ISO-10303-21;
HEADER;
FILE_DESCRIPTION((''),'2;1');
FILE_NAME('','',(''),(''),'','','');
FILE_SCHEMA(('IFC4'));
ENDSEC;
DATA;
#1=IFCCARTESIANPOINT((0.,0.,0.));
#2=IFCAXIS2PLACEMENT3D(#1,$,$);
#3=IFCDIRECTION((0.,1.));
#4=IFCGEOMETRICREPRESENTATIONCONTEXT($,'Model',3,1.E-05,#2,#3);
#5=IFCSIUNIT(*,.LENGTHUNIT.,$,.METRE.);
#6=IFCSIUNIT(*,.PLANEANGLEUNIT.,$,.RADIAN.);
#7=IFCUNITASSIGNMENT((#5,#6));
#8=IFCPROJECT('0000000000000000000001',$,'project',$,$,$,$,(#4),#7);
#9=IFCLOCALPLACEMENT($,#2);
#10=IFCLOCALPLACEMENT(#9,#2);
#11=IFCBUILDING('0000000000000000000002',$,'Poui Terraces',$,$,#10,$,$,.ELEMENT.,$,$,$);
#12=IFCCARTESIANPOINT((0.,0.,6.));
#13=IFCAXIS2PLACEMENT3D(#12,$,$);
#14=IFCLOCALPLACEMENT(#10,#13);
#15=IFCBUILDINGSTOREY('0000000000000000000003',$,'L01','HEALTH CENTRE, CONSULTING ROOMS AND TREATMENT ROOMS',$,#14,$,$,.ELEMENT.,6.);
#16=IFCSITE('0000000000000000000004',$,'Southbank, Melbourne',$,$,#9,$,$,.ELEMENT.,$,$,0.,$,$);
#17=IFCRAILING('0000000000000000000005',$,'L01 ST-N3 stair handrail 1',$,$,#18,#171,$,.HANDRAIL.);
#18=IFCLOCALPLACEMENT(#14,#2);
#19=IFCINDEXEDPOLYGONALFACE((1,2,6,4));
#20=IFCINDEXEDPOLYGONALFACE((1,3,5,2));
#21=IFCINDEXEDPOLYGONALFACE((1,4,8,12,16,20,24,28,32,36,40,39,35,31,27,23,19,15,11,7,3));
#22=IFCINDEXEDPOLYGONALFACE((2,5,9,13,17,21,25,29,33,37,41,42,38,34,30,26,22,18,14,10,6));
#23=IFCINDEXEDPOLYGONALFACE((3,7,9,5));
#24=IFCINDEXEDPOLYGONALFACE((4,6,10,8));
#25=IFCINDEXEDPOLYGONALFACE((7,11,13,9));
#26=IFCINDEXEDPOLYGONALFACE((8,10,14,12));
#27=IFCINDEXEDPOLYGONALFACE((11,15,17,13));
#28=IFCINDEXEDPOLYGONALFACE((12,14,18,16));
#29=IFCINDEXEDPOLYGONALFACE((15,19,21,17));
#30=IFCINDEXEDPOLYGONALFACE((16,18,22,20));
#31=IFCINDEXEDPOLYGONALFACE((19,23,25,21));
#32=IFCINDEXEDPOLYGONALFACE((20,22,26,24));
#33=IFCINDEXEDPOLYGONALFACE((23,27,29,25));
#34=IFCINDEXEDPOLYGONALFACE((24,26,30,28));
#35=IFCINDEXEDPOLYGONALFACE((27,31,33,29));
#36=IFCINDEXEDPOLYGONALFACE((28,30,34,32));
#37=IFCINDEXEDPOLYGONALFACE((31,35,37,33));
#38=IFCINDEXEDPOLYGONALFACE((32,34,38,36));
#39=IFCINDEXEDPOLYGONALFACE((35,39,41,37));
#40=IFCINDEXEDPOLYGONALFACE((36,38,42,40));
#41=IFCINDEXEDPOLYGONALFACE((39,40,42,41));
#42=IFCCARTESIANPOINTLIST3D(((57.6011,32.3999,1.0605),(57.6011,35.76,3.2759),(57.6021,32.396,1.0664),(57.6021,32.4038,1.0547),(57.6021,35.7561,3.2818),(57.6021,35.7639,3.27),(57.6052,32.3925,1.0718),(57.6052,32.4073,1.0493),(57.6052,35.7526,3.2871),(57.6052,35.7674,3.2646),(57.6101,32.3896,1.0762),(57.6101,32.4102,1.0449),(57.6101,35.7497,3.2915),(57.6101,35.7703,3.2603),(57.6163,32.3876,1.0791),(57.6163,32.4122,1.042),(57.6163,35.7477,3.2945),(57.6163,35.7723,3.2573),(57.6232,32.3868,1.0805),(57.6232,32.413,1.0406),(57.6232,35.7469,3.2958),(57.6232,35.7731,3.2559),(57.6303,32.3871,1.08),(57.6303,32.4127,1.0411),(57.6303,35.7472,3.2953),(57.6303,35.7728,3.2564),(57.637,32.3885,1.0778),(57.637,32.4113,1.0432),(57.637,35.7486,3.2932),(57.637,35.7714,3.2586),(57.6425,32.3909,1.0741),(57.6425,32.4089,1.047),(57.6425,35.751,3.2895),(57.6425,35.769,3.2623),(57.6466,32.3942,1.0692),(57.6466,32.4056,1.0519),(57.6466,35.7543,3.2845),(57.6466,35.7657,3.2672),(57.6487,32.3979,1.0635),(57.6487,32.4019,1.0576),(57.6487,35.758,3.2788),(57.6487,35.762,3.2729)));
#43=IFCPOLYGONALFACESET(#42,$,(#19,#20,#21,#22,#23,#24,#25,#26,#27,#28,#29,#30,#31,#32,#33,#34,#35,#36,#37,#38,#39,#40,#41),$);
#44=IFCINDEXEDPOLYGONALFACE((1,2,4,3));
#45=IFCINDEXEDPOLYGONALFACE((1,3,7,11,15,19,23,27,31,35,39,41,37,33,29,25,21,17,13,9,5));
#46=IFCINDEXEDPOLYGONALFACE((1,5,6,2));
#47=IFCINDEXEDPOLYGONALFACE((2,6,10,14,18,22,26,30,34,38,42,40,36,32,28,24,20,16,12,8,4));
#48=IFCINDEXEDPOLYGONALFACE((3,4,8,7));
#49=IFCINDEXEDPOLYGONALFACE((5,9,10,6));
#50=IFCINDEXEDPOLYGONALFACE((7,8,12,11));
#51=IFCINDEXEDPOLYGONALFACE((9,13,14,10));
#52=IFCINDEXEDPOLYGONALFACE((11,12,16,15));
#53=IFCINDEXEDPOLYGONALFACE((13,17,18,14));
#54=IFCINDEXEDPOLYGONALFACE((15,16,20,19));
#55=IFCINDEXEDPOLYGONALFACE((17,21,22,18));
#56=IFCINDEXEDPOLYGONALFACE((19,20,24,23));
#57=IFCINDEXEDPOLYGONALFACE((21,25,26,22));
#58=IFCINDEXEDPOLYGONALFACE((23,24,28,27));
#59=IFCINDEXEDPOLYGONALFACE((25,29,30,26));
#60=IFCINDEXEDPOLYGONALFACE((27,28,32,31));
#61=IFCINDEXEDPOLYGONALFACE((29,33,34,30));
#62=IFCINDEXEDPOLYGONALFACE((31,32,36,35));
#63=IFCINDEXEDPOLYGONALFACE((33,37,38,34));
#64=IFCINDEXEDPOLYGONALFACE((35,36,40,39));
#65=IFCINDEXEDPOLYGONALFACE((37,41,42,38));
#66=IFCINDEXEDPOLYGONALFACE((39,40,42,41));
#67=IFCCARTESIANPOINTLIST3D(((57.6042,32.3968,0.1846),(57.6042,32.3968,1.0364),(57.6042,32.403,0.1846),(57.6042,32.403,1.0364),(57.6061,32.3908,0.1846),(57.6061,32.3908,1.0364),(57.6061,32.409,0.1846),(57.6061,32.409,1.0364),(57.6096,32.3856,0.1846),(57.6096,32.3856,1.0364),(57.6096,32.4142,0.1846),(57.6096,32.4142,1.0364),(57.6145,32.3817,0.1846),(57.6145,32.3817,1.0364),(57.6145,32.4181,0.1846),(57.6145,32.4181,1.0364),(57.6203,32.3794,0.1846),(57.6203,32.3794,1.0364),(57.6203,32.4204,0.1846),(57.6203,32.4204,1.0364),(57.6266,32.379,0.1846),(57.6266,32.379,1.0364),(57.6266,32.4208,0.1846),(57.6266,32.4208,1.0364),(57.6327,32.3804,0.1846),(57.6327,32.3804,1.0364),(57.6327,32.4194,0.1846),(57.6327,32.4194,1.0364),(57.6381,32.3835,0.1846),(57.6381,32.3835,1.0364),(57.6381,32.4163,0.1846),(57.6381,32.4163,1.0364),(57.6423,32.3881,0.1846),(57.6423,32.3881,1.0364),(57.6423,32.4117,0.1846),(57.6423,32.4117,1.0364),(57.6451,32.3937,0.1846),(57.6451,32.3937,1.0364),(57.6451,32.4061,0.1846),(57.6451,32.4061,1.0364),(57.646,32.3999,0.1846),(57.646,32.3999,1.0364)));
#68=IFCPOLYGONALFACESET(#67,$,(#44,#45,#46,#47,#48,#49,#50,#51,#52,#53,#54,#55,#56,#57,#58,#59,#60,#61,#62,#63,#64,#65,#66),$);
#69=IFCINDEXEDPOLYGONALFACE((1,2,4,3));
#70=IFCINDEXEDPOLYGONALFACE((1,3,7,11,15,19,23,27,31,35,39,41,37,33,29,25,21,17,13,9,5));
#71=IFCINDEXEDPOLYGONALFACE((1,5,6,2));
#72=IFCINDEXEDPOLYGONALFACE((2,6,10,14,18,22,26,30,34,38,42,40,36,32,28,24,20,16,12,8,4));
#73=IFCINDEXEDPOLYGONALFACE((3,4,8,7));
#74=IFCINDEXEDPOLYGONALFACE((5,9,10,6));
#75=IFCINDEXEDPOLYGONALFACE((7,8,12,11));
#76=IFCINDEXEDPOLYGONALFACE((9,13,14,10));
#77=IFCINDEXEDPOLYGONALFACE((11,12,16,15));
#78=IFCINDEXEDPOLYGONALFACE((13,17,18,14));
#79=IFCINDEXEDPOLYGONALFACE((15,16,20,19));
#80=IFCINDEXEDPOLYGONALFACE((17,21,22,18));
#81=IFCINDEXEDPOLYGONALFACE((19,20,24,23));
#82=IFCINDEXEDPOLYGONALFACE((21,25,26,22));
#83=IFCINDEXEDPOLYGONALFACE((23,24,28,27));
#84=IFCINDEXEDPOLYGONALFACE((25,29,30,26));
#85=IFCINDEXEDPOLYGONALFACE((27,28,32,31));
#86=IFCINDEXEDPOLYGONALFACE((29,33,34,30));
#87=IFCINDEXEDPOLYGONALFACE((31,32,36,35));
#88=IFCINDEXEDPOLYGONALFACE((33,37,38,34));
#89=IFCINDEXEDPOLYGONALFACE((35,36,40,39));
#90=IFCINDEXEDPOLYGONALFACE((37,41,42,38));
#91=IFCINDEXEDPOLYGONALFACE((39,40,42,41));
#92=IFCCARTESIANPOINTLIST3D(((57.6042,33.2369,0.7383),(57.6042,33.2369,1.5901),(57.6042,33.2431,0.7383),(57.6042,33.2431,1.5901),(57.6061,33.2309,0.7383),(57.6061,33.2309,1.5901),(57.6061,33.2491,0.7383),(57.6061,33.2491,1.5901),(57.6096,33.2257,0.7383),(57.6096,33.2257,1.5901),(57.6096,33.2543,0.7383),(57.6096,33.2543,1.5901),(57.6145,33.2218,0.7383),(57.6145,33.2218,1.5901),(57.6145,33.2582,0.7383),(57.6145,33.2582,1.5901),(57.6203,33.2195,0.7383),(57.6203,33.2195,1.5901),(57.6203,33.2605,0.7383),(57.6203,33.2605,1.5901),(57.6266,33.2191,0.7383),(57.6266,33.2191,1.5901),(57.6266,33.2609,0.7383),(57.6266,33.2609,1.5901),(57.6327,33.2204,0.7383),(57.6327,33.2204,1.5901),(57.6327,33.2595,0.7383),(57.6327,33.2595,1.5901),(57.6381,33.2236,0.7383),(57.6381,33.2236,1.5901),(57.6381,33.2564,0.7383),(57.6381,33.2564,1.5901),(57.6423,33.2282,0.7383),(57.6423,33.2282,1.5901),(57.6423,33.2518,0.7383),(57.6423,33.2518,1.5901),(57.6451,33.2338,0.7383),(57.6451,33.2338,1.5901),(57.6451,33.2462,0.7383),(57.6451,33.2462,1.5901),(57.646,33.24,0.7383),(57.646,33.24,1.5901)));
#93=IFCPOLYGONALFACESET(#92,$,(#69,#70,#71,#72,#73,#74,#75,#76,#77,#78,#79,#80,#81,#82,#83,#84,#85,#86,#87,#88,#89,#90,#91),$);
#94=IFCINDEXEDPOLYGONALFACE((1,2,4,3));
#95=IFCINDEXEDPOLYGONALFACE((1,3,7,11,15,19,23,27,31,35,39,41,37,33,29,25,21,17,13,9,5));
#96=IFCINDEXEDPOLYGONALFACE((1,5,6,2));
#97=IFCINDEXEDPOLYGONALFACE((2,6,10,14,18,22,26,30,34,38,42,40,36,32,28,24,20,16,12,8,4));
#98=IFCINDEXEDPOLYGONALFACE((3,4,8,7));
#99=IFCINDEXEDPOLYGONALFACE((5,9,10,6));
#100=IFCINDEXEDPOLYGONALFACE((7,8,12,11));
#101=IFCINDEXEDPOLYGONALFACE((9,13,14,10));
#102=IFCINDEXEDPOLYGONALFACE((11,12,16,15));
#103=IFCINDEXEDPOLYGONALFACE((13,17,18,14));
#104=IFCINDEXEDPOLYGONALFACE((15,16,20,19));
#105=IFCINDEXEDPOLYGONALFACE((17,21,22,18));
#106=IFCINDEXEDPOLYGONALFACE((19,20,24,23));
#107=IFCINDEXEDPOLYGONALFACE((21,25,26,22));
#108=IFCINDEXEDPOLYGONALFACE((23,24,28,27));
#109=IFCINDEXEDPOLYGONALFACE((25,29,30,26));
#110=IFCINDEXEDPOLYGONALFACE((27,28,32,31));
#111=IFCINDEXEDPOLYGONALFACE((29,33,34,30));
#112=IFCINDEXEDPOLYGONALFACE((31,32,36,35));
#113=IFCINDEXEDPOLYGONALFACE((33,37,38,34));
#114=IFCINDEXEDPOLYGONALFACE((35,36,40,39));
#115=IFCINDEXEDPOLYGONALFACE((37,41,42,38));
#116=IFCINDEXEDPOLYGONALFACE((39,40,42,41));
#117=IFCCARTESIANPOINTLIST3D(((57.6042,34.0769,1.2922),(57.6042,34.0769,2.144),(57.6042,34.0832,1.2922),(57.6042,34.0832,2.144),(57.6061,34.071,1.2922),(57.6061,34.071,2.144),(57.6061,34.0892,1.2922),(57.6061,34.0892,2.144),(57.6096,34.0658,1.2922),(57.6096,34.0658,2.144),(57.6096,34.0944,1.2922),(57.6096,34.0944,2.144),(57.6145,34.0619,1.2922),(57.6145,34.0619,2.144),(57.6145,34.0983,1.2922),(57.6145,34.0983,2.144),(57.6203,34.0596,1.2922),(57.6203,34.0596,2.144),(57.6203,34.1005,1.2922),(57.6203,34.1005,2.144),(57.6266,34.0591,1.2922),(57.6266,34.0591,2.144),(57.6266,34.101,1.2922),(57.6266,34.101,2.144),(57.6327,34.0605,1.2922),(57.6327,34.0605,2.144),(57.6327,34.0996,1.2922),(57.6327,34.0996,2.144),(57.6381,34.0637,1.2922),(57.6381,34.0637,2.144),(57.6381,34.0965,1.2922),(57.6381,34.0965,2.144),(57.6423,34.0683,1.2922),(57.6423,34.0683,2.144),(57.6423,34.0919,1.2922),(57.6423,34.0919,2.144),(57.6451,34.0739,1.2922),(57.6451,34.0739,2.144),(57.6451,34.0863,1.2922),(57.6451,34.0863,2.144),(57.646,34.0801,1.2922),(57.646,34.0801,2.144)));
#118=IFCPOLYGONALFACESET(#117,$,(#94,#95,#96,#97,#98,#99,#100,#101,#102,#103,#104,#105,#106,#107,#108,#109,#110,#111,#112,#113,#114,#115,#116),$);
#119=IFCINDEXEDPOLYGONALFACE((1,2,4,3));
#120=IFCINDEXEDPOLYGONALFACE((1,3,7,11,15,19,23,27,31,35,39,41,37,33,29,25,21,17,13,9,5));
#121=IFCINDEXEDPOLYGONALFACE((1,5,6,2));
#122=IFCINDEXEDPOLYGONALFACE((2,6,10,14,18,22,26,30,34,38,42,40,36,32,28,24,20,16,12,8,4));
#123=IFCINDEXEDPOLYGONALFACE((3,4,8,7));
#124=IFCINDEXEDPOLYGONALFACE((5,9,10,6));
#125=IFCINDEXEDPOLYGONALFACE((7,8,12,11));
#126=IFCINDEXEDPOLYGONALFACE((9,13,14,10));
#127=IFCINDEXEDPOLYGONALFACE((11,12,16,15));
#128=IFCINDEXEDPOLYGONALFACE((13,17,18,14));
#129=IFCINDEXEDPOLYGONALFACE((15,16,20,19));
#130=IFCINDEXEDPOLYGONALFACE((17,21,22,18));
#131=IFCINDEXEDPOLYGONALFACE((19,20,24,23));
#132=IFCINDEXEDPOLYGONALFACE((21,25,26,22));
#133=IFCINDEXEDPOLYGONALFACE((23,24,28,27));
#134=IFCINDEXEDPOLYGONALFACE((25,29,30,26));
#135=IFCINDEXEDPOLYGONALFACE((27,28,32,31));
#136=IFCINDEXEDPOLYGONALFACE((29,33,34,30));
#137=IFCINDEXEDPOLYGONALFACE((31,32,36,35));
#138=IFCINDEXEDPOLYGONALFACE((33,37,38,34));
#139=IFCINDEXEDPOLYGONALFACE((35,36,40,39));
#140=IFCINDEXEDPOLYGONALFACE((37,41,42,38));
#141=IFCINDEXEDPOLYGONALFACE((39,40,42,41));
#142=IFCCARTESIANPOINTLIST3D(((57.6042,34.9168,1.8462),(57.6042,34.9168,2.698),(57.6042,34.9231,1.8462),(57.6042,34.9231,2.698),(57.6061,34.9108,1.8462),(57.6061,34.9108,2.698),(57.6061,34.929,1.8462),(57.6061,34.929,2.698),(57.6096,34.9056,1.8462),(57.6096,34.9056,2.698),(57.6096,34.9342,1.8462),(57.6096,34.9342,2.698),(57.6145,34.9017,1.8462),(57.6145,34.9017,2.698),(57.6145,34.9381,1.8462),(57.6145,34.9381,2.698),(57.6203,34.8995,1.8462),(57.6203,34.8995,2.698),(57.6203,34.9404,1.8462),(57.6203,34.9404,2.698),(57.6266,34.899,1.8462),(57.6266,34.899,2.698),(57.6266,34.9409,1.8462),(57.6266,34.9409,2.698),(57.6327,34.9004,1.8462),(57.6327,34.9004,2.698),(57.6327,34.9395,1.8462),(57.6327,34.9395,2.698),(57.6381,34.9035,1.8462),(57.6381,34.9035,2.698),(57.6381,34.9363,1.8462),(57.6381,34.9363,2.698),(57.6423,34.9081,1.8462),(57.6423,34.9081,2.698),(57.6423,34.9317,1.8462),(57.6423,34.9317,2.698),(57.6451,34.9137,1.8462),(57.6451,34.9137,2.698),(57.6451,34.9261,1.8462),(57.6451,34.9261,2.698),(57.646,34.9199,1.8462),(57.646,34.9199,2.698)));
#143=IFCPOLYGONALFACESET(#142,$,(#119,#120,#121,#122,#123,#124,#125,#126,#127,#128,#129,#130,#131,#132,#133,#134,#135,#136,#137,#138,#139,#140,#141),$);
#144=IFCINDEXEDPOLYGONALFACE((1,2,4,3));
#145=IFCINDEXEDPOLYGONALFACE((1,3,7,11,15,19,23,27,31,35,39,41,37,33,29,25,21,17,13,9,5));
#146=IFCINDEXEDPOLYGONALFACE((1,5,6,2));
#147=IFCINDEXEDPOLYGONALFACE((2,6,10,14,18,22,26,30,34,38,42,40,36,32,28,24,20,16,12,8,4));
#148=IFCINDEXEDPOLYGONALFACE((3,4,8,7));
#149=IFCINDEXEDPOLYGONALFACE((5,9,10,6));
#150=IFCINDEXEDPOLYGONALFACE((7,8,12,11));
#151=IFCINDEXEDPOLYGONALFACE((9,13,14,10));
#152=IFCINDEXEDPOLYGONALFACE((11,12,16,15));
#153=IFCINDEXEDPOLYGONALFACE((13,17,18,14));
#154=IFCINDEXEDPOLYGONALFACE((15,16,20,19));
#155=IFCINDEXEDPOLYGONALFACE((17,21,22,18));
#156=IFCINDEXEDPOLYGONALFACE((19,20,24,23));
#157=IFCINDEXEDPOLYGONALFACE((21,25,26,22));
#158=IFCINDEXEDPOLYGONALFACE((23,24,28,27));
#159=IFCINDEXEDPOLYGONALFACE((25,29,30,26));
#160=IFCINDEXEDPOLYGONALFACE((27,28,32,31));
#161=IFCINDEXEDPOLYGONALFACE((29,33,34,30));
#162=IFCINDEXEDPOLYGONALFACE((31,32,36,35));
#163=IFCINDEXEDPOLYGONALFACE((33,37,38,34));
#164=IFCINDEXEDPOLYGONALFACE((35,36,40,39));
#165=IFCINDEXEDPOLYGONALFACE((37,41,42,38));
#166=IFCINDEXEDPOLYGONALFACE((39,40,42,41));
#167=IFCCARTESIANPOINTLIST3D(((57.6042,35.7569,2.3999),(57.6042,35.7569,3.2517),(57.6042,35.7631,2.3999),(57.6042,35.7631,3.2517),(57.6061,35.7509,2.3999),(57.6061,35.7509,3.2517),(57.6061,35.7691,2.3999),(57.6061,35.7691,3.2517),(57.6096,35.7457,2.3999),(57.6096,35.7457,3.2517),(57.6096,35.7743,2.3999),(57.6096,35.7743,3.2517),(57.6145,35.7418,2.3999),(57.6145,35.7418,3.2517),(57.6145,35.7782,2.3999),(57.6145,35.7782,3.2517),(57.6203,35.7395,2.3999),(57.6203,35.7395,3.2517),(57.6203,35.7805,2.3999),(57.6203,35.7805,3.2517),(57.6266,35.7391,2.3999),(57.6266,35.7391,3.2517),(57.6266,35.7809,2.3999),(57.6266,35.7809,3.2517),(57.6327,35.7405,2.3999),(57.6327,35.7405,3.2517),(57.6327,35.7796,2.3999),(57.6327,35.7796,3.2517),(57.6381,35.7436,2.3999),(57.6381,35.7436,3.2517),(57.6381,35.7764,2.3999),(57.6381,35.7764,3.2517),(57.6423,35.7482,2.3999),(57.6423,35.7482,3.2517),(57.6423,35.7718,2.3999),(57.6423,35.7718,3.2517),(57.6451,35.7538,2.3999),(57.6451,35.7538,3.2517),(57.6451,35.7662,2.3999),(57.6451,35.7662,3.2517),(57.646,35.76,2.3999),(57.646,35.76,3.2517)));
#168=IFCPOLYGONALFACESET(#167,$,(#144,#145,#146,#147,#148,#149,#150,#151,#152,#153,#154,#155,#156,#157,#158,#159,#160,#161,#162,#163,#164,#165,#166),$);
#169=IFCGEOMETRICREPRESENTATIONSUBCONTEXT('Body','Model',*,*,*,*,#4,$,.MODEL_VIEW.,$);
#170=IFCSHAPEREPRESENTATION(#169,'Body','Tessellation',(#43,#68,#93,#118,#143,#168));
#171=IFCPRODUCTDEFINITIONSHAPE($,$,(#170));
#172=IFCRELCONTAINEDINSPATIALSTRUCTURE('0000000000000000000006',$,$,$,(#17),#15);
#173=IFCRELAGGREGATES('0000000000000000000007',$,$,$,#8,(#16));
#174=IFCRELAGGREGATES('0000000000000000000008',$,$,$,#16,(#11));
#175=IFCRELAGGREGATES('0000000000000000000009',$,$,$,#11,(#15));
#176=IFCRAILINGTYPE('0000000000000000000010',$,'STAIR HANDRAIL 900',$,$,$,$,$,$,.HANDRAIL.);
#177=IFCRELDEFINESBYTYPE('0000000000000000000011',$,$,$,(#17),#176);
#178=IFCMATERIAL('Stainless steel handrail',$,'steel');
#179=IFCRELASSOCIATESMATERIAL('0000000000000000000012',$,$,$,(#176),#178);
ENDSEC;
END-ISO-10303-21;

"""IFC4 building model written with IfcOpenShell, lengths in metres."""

from ifc_helpers import new_model, si_unit, direction, frame, origin, origin_2d, place, context, subcontext, project, spatial, circle, extrude, material, type_object, element, save


model = new_model("IFC4")

# Units and contexts
model_context = context("Model", 3, precision=1e-05, world=origin(), true_north=direction((0.0, 1.0)))
body_context = subcontext(model_context, "Body", "Model", "MODEL_VIEW")
ifc_project = project(units=[si_unit("LENGTHUNIT", "METRE"), si_unit("PLANEANGLEUNIT", "RADIAN")], contexts=[model_context])

# Site, building, storey
site_placement = place(None, origin())
site = spatial("IfcSite", under=ifc_project, at=site_placement, Name="Southbank, Melbourne", CompositionType="ELEMENT", RefElevation=0.0)
building_placement = place(site_placement, origin())
building = spatial("IfcBuilding", under=site, at=building_placement, Name="Poui Terraces", CompositionType="ELEMENT")
storey_placement = place(building_placement, frame((0.0, 0.0, 6.0)))
storey = spatial("IfcBuildingStorey", under=building, at=storey_placement, Name="L01", Description="HEALTH CENTRE, CONSULTING ROOMS AND TREATMENT ROOMS", CompositionType="ELEMENT", Elevation=6.0)

# Railing
ifc_material_1 = material(Name="Stainless steel handrail", Category="steel")
railing_type_1 = type_object("IfcRailingType", Name="STAIR HANDRAIL 900", PredefinedType="HANDRAIL", material=ifc_material_1)
railing_1_placement = place(storey_placement, frame((57.625, 32.3999, 0.1846)))
element("IfcRailing", 1, at=railing_1_placement, inside=storey, type_object=railing_type_1, Name="L01 ST-N3 stair handrail 1", PredefinedType="HANDRAIL", context=body_context, shape_type="SweptSolid", body=[
    extrude(circle(Radius=0.0239, at=origin_2d()), frame((0.0, 0.0, 0.876), z_axis=(0.0, 0.834876, 0.550437), x_axis=(-1.0, 0.0, 0.0)), (0.0, 0.0, 1.0), 4.0247),
    extrude(circle(Radius=0.021, at=origin_2d()), origin(), (0.0, 0.0, 1.0), 0.8518),
    extrude(circle(Radius=0.021, at=origin_2d()), frame((0.0, 0.8401, 0.5537)), (0.0, 0.0, 1.0), 0.8518),
    extrude(circle(Radius=0.021, at=origin_2d()), frame((0.0, 1.6802, 1.1077)), (0.0, 0.0, 1.0), 0.8518),
    extrude(circle(Radius=0.021, at=origin_2d()), frame((0.0, 2.52, 1.6616)), (0.0, 0.0, 1.0), 0.8518),
    extrude(circle(Radius=0.021, at=origin_2d()), frame((0.0, 3.3601, 2.2153)), (0.0, 0.0, 1.0), 0.8518),
])

save(model, "model.ifc")
